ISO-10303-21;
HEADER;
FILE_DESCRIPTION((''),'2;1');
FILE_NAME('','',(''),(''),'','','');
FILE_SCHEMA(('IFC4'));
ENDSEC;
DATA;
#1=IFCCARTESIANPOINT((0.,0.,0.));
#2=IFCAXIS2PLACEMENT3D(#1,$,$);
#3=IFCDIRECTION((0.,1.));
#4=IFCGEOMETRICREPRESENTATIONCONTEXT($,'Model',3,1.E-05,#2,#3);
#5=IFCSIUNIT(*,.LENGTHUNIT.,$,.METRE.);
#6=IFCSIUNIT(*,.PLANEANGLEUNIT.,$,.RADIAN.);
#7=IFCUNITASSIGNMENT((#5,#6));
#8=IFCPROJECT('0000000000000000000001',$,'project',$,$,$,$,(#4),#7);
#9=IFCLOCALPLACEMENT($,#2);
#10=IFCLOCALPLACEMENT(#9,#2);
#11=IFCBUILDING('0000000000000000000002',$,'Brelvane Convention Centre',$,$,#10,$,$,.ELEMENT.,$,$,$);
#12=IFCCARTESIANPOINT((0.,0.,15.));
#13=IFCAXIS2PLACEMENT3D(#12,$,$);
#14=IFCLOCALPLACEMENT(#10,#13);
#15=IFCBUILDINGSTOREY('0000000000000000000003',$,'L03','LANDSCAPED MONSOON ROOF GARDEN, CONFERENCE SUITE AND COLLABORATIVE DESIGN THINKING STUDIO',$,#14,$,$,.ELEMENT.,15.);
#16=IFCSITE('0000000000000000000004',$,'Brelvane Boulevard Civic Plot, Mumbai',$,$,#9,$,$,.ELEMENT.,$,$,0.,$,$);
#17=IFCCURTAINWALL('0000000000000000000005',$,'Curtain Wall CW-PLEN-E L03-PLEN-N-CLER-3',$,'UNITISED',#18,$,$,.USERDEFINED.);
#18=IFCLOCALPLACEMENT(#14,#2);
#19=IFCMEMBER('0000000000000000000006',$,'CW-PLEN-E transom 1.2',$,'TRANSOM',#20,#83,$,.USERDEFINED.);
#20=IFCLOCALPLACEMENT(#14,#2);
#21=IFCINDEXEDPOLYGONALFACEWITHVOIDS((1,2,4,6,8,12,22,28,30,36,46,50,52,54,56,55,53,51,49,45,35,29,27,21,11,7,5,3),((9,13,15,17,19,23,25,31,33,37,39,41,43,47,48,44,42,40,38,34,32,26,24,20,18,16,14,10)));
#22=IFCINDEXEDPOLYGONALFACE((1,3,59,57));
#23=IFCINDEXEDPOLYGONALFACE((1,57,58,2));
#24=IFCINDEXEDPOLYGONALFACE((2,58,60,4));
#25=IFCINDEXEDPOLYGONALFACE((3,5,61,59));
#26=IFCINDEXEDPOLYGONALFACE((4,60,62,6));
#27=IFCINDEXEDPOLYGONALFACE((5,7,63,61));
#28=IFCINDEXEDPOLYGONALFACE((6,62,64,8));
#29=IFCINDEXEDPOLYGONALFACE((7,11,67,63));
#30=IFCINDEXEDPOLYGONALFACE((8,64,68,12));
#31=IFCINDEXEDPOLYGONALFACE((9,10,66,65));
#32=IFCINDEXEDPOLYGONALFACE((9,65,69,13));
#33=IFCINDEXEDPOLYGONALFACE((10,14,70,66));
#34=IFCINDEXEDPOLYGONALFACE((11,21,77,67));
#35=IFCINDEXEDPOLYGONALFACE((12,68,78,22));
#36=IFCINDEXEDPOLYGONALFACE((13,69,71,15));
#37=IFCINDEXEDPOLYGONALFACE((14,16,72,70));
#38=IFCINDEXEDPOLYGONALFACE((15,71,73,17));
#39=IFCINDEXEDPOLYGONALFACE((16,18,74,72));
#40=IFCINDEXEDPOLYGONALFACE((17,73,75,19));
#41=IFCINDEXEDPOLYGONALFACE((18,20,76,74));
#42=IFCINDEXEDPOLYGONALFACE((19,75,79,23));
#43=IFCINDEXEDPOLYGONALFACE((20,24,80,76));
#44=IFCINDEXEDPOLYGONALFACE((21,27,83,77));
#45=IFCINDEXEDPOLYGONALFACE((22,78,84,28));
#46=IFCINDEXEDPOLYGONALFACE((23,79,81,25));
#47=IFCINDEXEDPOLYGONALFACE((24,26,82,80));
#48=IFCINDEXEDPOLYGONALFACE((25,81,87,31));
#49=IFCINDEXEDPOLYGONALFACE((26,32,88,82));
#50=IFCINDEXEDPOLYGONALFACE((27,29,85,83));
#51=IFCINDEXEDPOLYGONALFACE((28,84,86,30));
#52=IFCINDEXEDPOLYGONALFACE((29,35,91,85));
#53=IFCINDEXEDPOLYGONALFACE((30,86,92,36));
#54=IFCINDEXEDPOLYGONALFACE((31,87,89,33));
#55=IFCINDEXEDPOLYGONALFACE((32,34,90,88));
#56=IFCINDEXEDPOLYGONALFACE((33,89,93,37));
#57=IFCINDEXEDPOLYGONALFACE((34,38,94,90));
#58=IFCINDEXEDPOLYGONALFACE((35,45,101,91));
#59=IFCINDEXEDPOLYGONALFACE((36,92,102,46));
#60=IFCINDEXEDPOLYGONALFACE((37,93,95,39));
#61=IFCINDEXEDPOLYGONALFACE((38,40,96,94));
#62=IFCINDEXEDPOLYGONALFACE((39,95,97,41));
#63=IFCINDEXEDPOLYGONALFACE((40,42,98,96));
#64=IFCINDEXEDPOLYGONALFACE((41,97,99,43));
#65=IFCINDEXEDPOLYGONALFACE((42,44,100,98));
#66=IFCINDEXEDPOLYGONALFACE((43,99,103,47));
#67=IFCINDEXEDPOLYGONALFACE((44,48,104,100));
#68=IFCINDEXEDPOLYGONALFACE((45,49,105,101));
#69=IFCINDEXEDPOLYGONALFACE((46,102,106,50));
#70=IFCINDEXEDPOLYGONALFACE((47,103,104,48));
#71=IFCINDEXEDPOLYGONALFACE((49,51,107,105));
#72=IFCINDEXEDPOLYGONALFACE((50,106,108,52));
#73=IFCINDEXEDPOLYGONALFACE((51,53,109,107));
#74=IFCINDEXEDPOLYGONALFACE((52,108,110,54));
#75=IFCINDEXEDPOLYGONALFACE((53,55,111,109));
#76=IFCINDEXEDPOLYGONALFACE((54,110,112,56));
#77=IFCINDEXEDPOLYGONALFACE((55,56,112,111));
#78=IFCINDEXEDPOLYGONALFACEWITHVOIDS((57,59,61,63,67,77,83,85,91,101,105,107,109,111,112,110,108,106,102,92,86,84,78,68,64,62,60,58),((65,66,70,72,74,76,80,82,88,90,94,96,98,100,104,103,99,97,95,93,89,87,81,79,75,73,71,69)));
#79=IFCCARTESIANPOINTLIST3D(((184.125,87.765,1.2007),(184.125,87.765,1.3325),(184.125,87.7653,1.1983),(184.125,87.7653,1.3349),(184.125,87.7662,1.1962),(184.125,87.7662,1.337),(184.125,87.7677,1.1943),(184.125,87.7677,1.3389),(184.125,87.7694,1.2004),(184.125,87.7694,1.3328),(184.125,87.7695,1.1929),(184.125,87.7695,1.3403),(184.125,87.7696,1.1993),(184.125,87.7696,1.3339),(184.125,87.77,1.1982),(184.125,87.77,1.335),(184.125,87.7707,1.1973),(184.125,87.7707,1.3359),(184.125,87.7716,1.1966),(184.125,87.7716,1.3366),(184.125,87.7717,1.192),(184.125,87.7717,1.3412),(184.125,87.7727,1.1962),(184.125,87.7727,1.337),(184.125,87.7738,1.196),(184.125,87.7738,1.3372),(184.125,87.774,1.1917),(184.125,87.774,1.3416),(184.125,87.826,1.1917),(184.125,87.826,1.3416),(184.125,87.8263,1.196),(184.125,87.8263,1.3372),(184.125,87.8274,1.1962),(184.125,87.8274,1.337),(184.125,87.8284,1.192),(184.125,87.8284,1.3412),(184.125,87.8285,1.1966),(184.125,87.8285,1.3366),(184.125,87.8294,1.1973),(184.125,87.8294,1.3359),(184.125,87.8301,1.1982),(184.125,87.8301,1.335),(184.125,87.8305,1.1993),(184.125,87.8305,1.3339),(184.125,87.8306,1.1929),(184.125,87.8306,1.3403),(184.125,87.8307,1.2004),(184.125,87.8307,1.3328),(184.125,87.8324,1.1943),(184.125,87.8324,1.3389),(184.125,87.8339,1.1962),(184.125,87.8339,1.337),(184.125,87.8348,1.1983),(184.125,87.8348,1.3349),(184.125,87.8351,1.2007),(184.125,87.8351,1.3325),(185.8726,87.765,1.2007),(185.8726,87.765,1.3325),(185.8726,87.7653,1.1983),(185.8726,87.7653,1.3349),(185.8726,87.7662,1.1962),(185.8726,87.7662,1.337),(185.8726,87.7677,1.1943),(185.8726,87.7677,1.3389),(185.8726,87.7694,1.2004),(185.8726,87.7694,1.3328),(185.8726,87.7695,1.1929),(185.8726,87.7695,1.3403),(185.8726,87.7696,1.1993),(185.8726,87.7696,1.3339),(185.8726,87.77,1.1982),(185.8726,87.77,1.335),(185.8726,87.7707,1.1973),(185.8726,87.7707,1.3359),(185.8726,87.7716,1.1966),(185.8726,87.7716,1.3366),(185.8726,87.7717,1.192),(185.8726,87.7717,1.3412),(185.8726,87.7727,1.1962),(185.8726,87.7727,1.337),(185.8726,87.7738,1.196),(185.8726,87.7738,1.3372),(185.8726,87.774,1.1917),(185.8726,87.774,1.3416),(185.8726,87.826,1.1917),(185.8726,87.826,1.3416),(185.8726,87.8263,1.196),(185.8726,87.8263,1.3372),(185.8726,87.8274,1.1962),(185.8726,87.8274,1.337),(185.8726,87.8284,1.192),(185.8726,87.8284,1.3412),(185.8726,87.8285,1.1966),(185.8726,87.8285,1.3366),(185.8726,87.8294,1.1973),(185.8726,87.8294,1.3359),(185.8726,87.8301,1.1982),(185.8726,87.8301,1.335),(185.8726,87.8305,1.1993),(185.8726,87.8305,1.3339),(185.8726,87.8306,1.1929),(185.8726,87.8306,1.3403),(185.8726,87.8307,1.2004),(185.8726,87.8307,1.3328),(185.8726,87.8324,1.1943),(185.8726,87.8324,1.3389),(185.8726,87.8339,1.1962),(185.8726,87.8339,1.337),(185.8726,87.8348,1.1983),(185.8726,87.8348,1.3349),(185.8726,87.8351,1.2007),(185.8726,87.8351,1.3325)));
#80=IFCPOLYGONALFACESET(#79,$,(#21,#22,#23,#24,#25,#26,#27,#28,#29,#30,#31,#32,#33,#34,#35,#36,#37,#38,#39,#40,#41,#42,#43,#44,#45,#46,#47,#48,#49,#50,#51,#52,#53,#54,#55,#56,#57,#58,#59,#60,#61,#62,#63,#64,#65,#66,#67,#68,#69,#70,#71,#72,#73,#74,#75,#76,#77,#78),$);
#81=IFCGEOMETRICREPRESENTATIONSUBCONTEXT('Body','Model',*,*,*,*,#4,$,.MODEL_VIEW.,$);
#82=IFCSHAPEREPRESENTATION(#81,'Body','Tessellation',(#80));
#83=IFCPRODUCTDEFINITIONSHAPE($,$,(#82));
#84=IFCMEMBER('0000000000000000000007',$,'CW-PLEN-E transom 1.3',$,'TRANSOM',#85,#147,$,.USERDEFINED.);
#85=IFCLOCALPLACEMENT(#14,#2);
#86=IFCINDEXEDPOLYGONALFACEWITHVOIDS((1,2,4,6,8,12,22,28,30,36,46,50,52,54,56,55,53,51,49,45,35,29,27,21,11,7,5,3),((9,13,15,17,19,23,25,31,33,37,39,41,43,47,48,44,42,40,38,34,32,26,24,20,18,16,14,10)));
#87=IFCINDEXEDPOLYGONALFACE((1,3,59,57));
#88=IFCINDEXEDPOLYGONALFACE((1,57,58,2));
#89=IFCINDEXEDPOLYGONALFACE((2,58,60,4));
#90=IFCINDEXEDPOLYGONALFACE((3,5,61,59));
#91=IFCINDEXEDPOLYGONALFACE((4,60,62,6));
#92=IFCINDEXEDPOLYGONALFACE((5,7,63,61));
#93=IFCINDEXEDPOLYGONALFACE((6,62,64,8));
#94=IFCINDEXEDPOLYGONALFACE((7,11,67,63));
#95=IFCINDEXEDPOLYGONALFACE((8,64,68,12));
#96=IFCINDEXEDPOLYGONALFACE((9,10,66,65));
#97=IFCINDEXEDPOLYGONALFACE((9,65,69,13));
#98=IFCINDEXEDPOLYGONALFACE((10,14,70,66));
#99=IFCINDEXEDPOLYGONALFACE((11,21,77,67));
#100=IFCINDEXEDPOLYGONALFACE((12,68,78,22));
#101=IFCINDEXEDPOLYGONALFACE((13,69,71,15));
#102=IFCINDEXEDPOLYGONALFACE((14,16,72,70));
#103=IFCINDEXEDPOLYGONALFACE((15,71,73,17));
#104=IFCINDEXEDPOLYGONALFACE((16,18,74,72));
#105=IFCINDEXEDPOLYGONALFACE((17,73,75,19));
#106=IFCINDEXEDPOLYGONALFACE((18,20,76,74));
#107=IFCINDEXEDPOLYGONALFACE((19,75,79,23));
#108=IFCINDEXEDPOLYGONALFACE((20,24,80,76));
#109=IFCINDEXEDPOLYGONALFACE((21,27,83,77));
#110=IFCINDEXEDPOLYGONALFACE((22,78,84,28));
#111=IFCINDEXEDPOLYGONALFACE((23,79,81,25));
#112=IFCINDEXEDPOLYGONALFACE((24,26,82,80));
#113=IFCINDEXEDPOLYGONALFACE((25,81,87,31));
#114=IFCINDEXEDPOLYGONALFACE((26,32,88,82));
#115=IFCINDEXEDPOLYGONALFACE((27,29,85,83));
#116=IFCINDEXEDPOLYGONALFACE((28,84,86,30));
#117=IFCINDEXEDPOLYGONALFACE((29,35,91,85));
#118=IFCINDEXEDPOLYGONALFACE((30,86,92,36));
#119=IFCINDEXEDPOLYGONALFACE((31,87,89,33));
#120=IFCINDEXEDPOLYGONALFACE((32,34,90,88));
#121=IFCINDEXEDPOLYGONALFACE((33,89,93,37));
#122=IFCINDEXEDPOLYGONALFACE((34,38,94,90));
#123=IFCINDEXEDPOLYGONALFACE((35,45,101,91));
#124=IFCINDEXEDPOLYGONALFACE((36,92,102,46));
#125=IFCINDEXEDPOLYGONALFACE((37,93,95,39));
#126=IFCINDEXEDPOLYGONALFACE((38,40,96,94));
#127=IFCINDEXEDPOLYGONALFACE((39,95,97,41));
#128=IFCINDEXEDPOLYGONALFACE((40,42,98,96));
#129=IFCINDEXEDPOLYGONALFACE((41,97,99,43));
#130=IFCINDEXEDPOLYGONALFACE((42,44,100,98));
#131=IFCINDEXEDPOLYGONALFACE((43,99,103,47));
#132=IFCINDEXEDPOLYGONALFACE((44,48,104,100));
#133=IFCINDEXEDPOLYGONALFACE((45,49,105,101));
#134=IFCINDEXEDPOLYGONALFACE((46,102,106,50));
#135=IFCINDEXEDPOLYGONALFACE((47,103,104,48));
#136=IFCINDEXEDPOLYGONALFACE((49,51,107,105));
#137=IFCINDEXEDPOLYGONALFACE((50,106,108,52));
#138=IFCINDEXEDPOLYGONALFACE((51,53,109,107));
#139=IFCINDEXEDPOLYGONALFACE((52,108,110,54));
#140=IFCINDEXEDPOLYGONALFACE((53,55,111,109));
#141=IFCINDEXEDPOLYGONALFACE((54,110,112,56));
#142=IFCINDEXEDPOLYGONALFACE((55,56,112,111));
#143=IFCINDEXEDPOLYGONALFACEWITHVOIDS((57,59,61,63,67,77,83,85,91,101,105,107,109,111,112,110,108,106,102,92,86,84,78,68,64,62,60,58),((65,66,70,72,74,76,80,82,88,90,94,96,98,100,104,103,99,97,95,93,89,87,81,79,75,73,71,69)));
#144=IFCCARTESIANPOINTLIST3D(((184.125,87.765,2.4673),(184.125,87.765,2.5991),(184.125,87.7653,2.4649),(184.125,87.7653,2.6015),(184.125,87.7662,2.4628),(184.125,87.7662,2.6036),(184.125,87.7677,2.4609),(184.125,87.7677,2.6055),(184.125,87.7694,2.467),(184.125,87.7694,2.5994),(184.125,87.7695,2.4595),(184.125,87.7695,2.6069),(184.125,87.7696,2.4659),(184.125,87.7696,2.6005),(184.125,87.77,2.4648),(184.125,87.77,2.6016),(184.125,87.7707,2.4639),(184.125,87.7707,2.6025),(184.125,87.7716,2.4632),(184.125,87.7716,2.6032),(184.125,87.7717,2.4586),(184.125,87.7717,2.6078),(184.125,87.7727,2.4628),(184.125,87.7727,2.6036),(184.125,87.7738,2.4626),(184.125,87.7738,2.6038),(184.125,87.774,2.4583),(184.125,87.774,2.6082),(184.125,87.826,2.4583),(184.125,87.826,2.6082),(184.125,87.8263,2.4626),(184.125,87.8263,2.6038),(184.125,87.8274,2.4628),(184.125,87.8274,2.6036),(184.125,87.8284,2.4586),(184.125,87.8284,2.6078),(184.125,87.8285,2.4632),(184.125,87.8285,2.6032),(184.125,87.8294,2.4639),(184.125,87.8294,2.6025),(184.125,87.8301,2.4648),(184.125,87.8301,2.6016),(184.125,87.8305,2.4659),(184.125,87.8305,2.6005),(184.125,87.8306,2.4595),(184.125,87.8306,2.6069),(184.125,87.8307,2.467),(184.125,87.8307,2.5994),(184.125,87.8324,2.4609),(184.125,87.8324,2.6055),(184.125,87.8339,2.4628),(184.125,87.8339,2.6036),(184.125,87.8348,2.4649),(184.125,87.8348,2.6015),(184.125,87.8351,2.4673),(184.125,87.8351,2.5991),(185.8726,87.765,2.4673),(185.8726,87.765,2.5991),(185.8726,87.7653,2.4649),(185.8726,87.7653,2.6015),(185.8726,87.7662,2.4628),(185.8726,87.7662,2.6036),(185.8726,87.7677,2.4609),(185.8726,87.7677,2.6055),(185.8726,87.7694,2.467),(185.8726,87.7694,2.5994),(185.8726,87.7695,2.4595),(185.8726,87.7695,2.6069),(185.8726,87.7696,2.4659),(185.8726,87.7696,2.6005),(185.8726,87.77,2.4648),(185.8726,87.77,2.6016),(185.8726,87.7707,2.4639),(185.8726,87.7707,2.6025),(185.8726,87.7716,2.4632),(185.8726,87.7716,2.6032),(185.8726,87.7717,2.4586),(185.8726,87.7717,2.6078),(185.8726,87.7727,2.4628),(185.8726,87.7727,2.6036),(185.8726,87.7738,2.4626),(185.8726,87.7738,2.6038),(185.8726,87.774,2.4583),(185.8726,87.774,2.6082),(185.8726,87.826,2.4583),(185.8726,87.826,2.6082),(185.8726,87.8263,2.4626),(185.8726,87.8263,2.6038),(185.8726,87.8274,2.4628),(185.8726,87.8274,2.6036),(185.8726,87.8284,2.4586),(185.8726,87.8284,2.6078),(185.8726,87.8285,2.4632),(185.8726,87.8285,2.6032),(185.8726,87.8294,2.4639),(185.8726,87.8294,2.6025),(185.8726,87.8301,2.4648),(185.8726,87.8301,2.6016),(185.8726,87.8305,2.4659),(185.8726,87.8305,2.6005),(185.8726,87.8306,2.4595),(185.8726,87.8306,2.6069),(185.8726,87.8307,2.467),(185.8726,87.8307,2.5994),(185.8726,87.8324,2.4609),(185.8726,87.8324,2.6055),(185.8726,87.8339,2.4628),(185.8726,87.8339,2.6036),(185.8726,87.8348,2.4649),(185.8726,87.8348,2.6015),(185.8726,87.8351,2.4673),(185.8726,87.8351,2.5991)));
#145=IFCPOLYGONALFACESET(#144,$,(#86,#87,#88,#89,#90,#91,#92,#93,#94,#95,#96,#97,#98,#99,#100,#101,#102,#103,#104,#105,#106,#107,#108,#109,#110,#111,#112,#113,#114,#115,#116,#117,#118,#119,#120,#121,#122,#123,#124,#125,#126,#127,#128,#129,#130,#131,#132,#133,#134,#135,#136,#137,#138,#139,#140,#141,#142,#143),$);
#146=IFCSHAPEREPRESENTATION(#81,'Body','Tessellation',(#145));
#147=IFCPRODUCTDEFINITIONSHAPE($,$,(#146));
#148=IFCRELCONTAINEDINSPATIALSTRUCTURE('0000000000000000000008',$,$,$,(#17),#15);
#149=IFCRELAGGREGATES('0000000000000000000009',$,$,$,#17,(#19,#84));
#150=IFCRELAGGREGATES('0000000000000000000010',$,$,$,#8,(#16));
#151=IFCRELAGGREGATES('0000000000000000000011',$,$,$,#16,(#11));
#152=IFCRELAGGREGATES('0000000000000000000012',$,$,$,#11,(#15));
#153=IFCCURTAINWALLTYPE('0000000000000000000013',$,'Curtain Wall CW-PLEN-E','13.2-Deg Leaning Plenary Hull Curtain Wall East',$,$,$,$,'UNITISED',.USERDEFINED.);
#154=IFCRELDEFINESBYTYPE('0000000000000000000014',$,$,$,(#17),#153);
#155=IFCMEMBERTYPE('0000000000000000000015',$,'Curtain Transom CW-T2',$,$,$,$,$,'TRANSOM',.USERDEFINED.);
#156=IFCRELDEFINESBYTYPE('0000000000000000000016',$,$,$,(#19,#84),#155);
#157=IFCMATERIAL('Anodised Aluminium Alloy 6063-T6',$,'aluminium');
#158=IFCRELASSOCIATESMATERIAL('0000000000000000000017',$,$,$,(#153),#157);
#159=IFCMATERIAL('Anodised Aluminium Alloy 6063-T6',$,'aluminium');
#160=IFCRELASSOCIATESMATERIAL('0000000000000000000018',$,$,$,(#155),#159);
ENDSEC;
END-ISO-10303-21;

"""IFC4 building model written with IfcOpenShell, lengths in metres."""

from ifc_helpers import new_model, si_unit, direction, frame, origin, origin_2d, place, context, subcontext, project, spatial, hollow_rectangle, extrude, material, material_profile, profile_set, type_object, element, aggregate, save


model = new_model("IFC4")

# Units and contexts
model_context = context("Model", 3, precision=1e-05, world=origin(), true_north=direction((0.0, 1.0)))
body_context = subcontext(model_context, "Body", "Model", "MODEL_VIEW")
ifc_project = project(units=[si_unit("LENGTHUNIT", "METRE"), si_unit("PLANEANGLEUNIT", "RADIAN")], contexts=[model_context])

# Site, building, storey
site_placement = place(None, origin())
site = spatial("IfcSite", under=ifc_project, at=site_placement, Name="Brelvane Boulevard Civic Plot, Mumbai", CompositionType="ELEMENT", RefElevation=0.0)
building_placement = place(site_placement, origin())
building = spatial("IfcBuilding", under=site, at=building_placement, Name="Brelvane Convention Centre", CompositionType="ELEMENT")
storey_placement = place(building_placement, frame((0.0, 0.0, 15.0)))
storey = spatial("IfcBuildingStorey", under=building, at=storey_placement, Name="L03", Description="LANDSCAPED MONSOON ROOF GARDEN, CONFERENCE SUITE AND COLLABORATIVE DESIGN THINKING STUDIO", CompositionType="ELEMENT", Elevation=15.0)

# Curtain wall, members
ifc_material_1 = material(Name="Anodised Aluminium Alloy 6063-T6", Category="aluminium")
curtain_wall_type = type_object("IfcCurtainWallType", Name="Curtain Wall CW-PLEN-E", Description="13.2-Deg Leaning Plenary Hull Curtain Wall East", ElementType="UNITISED", PredefinedType="USERDEFINED", material=ifc_material_1)
curtain_wall_placement = place(storey_placement, origin())
curtain_wall = element("IfcCurtainWall", 1, at=curtain_wall_placement, inside=storey, type_object=curtain_wall_type, Name="Curtain Wall CW-PLEN-E L03-PLEN-N-CLER-3", ObjectType="UNITISED", PredefinedType="USERDEFINED")
ifc_material_2 = material(Name="Anodised Aluminium Alloy 6063-T6", Category="aluminium")
ifc_material_profile_1 = material_profile(ifc_material_2, hollow_rectangle(XDim=0.0701, YDim=0.1499, WallThickness=0.0044, InnerFilletRadius=0.0044, OuterFilletRadius=0.009, at=origin_2d()), Name="ALU-T 150x70x4.5")
ifc_profile_set_1 = profile_set([ifc_material_profile_1], Name="Anodised Aluminium Alloy 6063-T6")
member_type_1 = type_object("IfcMemberType", Name="Curtain Transom CW-T2", ElementType="TRANSOM", PredefinedType="USERDEFINED", material=ifc_profile_set_1)
member_1_placement = place(storey_placement, frame((184.125, 87.8, 1.2666), z_axis=(1.0, 0.0, 0.0), x_axis=(0.0, 1.0, 0.0)))
member_1 = element("IfcMember", 2, at=member_1_placement, type_object=member_type_1, Name="CW-PLEN-E transom 1.2", ObjectType="TRANSOM", PredefinedType="USERDEFINED", context=body_context, shape_type="SweptSolid", body=[
    extrude(hollow_rectangle(XDim=0.0701, YDim=0.1499, WallThickness=0.0044, InnerFilletRadius=0.0044, OuterFilletRadius=0.009, at=origin_2d()), origin(), (0.0, 0.0, 1.0), 1.7476),
])
member_2_placement = place(storey_placement, frame((184.125, 87.8, 2.5332), z_axis=(1.0, 0.0, 0.0), x_axis=(0.0, 1.0, 0.0)))
member_2 = element("IfcMember", 3, at=member_2_placement, type_object=member_type_1, Name="CW-PLEN-E transom 1.3", ObjectType="TRANSOM", PredefinedType="USERDEFINED", context=body_context, shape_type="SweptSolid", body=[
    extrude(hollow_rectangle(XDim=0.0701, YDim=0.1499, WallThickness=0.0044, InnerFilletRadius=0.0044, OuterFilletRadius=0.009, at=origin_2d()), origin(), (0.0, 0.0, 1.0), 1.7476),
])
aggregate(curtain_wall, [member_1, member_2])

save(model, "model.ifc")
